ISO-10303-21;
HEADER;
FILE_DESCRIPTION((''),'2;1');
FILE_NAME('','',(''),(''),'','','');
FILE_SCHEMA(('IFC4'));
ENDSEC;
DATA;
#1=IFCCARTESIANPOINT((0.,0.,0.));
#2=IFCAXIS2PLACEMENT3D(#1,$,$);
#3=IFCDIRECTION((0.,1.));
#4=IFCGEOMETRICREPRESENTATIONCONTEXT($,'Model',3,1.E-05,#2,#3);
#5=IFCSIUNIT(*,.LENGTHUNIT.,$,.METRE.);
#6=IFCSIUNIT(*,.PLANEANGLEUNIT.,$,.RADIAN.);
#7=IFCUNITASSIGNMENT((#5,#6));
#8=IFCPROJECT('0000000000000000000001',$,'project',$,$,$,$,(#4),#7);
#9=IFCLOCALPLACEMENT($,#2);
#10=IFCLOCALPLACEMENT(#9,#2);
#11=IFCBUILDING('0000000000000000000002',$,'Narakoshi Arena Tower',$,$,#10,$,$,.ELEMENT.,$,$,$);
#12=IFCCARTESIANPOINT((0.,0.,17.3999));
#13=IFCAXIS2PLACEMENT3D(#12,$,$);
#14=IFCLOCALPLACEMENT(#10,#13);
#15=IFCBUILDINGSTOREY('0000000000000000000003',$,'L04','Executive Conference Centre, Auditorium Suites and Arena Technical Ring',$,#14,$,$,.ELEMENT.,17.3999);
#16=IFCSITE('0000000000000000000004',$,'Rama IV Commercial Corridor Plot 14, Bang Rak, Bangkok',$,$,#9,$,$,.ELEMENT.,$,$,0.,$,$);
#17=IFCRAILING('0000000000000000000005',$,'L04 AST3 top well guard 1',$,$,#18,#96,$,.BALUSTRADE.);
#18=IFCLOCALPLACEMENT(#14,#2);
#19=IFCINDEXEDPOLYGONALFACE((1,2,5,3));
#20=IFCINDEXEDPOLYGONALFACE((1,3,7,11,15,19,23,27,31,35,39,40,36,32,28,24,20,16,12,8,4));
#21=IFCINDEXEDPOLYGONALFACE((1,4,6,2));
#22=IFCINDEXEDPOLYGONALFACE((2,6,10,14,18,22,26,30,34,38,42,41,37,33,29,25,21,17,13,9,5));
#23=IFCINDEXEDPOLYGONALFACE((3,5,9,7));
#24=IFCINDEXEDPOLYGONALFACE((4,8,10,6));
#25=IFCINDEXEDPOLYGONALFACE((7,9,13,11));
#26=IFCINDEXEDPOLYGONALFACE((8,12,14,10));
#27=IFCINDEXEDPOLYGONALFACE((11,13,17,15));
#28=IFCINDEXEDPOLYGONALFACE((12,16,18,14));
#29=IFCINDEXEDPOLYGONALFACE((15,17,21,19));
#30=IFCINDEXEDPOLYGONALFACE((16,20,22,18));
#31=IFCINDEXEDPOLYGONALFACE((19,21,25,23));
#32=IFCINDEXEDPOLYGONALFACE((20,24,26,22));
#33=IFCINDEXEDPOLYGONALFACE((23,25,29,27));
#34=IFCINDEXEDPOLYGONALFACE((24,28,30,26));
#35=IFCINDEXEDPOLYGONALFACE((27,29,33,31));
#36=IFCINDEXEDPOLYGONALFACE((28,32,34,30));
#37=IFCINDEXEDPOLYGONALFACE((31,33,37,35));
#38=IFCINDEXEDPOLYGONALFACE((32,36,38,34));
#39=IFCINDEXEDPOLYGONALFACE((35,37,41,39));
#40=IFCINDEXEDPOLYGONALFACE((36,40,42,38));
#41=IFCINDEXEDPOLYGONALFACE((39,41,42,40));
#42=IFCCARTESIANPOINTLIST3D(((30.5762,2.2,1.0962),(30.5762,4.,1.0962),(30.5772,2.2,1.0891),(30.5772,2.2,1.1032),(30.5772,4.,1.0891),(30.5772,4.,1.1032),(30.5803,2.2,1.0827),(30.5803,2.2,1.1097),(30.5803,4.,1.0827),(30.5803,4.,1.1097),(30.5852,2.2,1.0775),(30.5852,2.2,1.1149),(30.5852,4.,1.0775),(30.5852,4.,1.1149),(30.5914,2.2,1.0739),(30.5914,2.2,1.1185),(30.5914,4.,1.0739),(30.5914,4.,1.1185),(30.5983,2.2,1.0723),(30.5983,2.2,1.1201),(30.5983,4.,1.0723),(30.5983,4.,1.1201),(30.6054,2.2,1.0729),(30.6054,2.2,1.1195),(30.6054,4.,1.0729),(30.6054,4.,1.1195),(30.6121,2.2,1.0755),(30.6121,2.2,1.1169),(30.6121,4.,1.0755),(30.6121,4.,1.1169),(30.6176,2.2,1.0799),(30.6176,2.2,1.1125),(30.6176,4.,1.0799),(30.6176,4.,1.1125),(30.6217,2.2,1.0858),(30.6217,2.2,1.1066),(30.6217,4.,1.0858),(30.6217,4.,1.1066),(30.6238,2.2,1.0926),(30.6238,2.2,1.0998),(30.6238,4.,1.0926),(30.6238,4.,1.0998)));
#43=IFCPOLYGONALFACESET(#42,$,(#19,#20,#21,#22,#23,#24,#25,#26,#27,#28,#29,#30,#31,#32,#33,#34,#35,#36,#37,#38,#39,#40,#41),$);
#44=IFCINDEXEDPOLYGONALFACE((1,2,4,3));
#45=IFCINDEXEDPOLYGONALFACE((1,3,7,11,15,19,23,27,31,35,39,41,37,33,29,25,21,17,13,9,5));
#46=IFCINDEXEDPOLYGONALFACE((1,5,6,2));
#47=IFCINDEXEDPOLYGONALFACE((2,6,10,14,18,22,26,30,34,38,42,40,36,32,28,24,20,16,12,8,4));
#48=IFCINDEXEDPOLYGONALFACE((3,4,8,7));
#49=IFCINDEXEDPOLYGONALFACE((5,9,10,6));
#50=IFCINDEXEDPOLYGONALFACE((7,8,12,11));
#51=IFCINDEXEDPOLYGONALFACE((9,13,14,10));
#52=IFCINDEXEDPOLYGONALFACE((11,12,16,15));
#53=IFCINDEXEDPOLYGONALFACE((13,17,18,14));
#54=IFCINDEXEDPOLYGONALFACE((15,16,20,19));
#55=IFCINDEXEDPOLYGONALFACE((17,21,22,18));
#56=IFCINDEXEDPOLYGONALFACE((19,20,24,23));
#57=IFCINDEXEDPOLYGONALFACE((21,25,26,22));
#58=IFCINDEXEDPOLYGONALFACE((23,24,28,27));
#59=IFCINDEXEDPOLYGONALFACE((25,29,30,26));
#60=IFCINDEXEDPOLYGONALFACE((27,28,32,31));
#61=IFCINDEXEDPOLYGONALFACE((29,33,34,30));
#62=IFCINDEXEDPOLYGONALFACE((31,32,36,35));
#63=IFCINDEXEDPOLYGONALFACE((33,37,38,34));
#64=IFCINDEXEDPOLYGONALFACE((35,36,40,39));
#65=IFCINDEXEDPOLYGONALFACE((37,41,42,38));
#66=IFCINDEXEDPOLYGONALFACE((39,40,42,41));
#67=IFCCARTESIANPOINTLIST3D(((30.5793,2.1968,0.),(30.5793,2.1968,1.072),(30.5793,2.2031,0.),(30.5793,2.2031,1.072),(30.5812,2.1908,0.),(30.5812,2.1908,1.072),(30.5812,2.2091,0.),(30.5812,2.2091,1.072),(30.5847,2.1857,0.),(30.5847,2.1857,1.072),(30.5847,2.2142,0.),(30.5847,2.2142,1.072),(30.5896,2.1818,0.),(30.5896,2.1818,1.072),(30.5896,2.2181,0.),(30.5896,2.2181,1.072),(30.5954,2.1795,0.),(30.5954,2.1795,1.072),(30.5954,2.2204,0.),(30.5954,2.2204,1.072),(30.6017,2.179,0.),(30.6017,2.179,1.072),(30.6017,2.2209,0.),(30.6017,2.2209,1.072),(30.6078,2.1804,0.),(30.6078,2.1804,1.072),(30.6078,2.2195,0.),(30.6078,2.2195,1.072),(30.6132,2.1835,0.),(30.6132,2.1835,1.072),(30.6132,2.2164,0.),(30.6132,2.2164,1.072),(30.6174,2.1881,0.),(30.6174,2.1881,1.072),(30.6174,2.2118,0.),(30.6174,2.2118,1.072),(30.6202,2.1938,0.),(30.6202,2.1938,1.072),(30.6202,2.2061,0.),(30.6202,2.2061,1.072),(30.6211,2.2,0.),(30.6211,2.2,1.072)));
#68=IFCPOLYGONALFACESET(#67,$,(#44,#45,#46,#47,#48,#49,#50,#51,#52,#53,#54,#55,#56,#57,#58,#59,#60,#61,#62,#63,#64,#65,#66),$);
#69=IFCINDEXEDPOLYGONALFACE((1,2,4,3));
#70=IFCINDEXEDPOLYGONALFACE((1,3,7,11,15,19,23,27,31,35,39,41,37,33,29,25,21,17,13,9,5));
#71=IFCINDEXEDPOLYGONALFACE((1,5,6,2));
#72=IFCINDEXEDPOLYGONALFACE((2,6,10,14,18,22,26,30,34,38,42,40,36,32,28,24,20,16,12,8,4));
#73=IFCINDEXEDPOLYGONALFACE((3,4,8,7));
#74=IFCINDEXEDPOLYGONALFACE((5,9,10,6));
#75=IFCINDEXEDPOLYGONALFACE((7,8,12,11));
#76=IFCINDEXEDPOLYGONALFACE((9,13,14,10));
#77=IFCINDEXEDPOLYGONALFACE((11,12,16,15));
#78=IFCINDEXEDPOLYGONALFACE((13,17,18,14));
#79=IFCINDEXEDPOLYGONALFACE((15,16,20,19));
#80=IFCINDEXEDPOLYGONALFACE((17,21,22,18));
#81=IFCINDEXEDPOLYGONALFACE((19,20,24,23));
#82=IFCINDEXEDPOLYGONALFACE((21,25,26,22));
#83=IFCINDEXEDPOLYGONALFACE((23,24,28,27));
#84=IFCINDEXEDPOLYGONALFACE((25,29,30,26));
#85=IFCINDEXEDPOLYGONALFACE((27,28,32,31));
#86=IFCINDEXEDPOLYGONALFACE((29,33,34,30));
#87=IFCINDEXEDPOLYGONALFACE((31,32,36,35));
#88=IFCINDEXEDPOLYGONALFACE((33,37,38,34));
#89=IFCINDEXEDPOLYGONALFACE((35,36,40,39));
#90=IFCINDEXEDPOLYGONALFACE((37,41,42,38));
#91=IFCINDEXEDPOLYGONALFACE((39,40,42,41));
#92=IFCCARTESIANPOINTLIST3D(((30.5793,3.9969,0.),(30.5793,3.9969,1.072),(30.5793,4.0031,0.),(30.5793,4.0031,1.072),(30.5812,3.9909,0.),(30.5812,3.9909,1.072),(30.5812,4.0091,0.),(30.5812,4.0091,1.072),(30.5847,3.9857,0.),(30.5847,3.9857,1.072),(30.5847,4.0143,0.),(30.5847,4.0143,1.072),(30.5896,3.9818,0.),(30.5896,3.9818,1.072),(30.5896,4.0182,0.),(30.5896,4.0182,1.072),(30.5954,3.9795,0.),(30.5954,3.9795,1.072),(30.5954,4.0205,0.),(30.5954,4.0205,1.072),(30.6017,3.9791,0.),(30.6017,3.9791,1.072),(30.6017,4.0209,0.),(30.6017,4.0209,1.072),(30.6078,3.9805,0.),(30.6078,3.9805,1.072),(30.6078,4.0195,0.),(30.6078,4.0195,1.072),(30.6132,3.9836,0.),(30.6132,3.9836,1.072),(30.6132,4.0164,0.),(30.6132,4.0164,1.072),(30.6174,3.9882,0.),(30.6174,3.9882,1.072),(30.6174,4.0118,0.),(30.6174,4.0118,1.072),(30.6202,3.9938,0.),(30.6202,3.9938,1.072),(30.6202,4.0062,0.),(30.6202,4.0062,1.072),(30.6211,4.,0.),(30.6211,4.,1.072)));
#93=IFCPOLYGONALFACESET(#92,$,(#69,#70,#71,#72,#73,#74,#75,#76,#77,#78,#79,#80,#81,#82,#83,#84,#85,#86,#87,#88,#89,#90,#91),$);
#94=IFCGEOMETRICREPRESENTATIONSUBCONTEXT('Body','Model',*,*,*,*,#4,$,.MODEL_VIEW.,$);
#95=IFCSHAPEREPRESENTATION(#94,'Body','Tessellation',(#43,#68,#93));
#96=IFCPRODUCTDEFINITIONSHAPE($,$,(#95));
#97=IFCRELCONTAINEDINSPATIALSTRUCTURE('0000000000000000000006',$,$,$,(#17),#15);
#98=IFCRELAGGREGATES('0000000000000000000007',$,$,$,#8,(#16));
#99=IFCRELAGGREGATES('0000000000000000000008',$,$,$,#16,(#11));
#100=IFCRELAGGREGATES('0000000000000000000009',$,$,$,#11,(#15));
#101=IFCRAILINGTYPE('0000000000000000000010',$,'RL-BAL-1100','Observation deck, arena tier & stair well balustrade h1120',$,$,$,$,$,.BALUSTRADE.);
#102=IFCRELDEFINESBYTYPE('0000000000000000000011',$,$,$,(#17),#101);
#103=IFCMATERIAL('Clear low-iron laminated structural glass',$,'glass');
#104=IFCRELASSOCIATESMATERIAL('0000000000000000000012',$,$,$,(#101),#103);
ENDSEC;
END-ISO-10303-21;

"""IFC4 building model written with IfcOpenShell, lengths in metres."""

from ifc_helpers import new_model, si_unit, direction, frame, origin, origin_2d, place, context, subcontext, project, spatial, circle, extrude, material, type_object, element, save


model = new_model("IFC4")

# Units and contexts
model_context = context("Model", 3, precision=1e-05, world=origin(), true_north=direction((0.0, 1.0)))
body_context = subcontext(model_context, "Body", "Model", "MODEL_VIEW")
ifc_project = project(units=[si_unit("LENGTHUNIT", "METRE"), si_unit("PLANEANGLEUNIT", "RADIAN")], contexts=[model_context])

# Site, building, storey
site_placement = place(None, origin())
site = spatial("IfcSite", under=ifc_project, at=site_placement, Name="Rama IV Commercial Corridor Plot 14, Bang Rak, Bangkok", CompositionType="ELEMENT", RefElevation=0.0)
building_placement = place(site_placement, origin())
building = spatial("IfcBuilding", under=site, at=building_placement, Name="Narakoshi Arena Tower", CompositionType="ELEMENT")
storey_placement = place(building_placement, frame((0.0, 0.0, 17.3999)))
storey = spatial("IfcBuildingStorey", under=building, at=storey_placement, Name="L04", Description="Executive Conference Centre, Auditorium Suites and Arena Technical Ring", CompositionType="ELEMENT", Elevation=17.3999)

# Railing
ifc_material_1 = material(Name="Clear low-iron laminated structural glass", Category="glass")
railing_type = type_object("IfcRailingType", Name="RL-BAL-1100", Description="Observation deck, arena tier & stair well balustrade h1120", PredefinedType="BALUSTRADE", material=ifc_material_1)
for number, where, name in (
    (1, (30.6001, 2.2, 0.0), "L04 AST3 top well guard 1"),
):
    element("IfcRailing", number, at=place(storey_placement, frame(where)), inside=storey, type_object=railing_type, Name=name, PredefinedType="BALUSTRADE", context=body_context, shape_type="SweptSolid", body=[
        extrude(circle(Radius=0.0239, at=origin_2d()), frame((0.0, 0.0, 1.0962), z_axis=(0.0, 1.0, 0.0), x_axis=(-1.0, 0.0, 0.0)), (0.0, 0.0, 1.0), 1.8),
        extrude(circle(Radius=0.021, at=origin_2d()), origin(), (0.0, 0.0, 1.0), 1.072),
        extrude(circle(Radius=0.021, at=origin_2d()), frame((0.0, 1.8, 0.0)), (0.0, 0.0, 1.0), 1.072),
    ])

save(model, "model.ifc")
